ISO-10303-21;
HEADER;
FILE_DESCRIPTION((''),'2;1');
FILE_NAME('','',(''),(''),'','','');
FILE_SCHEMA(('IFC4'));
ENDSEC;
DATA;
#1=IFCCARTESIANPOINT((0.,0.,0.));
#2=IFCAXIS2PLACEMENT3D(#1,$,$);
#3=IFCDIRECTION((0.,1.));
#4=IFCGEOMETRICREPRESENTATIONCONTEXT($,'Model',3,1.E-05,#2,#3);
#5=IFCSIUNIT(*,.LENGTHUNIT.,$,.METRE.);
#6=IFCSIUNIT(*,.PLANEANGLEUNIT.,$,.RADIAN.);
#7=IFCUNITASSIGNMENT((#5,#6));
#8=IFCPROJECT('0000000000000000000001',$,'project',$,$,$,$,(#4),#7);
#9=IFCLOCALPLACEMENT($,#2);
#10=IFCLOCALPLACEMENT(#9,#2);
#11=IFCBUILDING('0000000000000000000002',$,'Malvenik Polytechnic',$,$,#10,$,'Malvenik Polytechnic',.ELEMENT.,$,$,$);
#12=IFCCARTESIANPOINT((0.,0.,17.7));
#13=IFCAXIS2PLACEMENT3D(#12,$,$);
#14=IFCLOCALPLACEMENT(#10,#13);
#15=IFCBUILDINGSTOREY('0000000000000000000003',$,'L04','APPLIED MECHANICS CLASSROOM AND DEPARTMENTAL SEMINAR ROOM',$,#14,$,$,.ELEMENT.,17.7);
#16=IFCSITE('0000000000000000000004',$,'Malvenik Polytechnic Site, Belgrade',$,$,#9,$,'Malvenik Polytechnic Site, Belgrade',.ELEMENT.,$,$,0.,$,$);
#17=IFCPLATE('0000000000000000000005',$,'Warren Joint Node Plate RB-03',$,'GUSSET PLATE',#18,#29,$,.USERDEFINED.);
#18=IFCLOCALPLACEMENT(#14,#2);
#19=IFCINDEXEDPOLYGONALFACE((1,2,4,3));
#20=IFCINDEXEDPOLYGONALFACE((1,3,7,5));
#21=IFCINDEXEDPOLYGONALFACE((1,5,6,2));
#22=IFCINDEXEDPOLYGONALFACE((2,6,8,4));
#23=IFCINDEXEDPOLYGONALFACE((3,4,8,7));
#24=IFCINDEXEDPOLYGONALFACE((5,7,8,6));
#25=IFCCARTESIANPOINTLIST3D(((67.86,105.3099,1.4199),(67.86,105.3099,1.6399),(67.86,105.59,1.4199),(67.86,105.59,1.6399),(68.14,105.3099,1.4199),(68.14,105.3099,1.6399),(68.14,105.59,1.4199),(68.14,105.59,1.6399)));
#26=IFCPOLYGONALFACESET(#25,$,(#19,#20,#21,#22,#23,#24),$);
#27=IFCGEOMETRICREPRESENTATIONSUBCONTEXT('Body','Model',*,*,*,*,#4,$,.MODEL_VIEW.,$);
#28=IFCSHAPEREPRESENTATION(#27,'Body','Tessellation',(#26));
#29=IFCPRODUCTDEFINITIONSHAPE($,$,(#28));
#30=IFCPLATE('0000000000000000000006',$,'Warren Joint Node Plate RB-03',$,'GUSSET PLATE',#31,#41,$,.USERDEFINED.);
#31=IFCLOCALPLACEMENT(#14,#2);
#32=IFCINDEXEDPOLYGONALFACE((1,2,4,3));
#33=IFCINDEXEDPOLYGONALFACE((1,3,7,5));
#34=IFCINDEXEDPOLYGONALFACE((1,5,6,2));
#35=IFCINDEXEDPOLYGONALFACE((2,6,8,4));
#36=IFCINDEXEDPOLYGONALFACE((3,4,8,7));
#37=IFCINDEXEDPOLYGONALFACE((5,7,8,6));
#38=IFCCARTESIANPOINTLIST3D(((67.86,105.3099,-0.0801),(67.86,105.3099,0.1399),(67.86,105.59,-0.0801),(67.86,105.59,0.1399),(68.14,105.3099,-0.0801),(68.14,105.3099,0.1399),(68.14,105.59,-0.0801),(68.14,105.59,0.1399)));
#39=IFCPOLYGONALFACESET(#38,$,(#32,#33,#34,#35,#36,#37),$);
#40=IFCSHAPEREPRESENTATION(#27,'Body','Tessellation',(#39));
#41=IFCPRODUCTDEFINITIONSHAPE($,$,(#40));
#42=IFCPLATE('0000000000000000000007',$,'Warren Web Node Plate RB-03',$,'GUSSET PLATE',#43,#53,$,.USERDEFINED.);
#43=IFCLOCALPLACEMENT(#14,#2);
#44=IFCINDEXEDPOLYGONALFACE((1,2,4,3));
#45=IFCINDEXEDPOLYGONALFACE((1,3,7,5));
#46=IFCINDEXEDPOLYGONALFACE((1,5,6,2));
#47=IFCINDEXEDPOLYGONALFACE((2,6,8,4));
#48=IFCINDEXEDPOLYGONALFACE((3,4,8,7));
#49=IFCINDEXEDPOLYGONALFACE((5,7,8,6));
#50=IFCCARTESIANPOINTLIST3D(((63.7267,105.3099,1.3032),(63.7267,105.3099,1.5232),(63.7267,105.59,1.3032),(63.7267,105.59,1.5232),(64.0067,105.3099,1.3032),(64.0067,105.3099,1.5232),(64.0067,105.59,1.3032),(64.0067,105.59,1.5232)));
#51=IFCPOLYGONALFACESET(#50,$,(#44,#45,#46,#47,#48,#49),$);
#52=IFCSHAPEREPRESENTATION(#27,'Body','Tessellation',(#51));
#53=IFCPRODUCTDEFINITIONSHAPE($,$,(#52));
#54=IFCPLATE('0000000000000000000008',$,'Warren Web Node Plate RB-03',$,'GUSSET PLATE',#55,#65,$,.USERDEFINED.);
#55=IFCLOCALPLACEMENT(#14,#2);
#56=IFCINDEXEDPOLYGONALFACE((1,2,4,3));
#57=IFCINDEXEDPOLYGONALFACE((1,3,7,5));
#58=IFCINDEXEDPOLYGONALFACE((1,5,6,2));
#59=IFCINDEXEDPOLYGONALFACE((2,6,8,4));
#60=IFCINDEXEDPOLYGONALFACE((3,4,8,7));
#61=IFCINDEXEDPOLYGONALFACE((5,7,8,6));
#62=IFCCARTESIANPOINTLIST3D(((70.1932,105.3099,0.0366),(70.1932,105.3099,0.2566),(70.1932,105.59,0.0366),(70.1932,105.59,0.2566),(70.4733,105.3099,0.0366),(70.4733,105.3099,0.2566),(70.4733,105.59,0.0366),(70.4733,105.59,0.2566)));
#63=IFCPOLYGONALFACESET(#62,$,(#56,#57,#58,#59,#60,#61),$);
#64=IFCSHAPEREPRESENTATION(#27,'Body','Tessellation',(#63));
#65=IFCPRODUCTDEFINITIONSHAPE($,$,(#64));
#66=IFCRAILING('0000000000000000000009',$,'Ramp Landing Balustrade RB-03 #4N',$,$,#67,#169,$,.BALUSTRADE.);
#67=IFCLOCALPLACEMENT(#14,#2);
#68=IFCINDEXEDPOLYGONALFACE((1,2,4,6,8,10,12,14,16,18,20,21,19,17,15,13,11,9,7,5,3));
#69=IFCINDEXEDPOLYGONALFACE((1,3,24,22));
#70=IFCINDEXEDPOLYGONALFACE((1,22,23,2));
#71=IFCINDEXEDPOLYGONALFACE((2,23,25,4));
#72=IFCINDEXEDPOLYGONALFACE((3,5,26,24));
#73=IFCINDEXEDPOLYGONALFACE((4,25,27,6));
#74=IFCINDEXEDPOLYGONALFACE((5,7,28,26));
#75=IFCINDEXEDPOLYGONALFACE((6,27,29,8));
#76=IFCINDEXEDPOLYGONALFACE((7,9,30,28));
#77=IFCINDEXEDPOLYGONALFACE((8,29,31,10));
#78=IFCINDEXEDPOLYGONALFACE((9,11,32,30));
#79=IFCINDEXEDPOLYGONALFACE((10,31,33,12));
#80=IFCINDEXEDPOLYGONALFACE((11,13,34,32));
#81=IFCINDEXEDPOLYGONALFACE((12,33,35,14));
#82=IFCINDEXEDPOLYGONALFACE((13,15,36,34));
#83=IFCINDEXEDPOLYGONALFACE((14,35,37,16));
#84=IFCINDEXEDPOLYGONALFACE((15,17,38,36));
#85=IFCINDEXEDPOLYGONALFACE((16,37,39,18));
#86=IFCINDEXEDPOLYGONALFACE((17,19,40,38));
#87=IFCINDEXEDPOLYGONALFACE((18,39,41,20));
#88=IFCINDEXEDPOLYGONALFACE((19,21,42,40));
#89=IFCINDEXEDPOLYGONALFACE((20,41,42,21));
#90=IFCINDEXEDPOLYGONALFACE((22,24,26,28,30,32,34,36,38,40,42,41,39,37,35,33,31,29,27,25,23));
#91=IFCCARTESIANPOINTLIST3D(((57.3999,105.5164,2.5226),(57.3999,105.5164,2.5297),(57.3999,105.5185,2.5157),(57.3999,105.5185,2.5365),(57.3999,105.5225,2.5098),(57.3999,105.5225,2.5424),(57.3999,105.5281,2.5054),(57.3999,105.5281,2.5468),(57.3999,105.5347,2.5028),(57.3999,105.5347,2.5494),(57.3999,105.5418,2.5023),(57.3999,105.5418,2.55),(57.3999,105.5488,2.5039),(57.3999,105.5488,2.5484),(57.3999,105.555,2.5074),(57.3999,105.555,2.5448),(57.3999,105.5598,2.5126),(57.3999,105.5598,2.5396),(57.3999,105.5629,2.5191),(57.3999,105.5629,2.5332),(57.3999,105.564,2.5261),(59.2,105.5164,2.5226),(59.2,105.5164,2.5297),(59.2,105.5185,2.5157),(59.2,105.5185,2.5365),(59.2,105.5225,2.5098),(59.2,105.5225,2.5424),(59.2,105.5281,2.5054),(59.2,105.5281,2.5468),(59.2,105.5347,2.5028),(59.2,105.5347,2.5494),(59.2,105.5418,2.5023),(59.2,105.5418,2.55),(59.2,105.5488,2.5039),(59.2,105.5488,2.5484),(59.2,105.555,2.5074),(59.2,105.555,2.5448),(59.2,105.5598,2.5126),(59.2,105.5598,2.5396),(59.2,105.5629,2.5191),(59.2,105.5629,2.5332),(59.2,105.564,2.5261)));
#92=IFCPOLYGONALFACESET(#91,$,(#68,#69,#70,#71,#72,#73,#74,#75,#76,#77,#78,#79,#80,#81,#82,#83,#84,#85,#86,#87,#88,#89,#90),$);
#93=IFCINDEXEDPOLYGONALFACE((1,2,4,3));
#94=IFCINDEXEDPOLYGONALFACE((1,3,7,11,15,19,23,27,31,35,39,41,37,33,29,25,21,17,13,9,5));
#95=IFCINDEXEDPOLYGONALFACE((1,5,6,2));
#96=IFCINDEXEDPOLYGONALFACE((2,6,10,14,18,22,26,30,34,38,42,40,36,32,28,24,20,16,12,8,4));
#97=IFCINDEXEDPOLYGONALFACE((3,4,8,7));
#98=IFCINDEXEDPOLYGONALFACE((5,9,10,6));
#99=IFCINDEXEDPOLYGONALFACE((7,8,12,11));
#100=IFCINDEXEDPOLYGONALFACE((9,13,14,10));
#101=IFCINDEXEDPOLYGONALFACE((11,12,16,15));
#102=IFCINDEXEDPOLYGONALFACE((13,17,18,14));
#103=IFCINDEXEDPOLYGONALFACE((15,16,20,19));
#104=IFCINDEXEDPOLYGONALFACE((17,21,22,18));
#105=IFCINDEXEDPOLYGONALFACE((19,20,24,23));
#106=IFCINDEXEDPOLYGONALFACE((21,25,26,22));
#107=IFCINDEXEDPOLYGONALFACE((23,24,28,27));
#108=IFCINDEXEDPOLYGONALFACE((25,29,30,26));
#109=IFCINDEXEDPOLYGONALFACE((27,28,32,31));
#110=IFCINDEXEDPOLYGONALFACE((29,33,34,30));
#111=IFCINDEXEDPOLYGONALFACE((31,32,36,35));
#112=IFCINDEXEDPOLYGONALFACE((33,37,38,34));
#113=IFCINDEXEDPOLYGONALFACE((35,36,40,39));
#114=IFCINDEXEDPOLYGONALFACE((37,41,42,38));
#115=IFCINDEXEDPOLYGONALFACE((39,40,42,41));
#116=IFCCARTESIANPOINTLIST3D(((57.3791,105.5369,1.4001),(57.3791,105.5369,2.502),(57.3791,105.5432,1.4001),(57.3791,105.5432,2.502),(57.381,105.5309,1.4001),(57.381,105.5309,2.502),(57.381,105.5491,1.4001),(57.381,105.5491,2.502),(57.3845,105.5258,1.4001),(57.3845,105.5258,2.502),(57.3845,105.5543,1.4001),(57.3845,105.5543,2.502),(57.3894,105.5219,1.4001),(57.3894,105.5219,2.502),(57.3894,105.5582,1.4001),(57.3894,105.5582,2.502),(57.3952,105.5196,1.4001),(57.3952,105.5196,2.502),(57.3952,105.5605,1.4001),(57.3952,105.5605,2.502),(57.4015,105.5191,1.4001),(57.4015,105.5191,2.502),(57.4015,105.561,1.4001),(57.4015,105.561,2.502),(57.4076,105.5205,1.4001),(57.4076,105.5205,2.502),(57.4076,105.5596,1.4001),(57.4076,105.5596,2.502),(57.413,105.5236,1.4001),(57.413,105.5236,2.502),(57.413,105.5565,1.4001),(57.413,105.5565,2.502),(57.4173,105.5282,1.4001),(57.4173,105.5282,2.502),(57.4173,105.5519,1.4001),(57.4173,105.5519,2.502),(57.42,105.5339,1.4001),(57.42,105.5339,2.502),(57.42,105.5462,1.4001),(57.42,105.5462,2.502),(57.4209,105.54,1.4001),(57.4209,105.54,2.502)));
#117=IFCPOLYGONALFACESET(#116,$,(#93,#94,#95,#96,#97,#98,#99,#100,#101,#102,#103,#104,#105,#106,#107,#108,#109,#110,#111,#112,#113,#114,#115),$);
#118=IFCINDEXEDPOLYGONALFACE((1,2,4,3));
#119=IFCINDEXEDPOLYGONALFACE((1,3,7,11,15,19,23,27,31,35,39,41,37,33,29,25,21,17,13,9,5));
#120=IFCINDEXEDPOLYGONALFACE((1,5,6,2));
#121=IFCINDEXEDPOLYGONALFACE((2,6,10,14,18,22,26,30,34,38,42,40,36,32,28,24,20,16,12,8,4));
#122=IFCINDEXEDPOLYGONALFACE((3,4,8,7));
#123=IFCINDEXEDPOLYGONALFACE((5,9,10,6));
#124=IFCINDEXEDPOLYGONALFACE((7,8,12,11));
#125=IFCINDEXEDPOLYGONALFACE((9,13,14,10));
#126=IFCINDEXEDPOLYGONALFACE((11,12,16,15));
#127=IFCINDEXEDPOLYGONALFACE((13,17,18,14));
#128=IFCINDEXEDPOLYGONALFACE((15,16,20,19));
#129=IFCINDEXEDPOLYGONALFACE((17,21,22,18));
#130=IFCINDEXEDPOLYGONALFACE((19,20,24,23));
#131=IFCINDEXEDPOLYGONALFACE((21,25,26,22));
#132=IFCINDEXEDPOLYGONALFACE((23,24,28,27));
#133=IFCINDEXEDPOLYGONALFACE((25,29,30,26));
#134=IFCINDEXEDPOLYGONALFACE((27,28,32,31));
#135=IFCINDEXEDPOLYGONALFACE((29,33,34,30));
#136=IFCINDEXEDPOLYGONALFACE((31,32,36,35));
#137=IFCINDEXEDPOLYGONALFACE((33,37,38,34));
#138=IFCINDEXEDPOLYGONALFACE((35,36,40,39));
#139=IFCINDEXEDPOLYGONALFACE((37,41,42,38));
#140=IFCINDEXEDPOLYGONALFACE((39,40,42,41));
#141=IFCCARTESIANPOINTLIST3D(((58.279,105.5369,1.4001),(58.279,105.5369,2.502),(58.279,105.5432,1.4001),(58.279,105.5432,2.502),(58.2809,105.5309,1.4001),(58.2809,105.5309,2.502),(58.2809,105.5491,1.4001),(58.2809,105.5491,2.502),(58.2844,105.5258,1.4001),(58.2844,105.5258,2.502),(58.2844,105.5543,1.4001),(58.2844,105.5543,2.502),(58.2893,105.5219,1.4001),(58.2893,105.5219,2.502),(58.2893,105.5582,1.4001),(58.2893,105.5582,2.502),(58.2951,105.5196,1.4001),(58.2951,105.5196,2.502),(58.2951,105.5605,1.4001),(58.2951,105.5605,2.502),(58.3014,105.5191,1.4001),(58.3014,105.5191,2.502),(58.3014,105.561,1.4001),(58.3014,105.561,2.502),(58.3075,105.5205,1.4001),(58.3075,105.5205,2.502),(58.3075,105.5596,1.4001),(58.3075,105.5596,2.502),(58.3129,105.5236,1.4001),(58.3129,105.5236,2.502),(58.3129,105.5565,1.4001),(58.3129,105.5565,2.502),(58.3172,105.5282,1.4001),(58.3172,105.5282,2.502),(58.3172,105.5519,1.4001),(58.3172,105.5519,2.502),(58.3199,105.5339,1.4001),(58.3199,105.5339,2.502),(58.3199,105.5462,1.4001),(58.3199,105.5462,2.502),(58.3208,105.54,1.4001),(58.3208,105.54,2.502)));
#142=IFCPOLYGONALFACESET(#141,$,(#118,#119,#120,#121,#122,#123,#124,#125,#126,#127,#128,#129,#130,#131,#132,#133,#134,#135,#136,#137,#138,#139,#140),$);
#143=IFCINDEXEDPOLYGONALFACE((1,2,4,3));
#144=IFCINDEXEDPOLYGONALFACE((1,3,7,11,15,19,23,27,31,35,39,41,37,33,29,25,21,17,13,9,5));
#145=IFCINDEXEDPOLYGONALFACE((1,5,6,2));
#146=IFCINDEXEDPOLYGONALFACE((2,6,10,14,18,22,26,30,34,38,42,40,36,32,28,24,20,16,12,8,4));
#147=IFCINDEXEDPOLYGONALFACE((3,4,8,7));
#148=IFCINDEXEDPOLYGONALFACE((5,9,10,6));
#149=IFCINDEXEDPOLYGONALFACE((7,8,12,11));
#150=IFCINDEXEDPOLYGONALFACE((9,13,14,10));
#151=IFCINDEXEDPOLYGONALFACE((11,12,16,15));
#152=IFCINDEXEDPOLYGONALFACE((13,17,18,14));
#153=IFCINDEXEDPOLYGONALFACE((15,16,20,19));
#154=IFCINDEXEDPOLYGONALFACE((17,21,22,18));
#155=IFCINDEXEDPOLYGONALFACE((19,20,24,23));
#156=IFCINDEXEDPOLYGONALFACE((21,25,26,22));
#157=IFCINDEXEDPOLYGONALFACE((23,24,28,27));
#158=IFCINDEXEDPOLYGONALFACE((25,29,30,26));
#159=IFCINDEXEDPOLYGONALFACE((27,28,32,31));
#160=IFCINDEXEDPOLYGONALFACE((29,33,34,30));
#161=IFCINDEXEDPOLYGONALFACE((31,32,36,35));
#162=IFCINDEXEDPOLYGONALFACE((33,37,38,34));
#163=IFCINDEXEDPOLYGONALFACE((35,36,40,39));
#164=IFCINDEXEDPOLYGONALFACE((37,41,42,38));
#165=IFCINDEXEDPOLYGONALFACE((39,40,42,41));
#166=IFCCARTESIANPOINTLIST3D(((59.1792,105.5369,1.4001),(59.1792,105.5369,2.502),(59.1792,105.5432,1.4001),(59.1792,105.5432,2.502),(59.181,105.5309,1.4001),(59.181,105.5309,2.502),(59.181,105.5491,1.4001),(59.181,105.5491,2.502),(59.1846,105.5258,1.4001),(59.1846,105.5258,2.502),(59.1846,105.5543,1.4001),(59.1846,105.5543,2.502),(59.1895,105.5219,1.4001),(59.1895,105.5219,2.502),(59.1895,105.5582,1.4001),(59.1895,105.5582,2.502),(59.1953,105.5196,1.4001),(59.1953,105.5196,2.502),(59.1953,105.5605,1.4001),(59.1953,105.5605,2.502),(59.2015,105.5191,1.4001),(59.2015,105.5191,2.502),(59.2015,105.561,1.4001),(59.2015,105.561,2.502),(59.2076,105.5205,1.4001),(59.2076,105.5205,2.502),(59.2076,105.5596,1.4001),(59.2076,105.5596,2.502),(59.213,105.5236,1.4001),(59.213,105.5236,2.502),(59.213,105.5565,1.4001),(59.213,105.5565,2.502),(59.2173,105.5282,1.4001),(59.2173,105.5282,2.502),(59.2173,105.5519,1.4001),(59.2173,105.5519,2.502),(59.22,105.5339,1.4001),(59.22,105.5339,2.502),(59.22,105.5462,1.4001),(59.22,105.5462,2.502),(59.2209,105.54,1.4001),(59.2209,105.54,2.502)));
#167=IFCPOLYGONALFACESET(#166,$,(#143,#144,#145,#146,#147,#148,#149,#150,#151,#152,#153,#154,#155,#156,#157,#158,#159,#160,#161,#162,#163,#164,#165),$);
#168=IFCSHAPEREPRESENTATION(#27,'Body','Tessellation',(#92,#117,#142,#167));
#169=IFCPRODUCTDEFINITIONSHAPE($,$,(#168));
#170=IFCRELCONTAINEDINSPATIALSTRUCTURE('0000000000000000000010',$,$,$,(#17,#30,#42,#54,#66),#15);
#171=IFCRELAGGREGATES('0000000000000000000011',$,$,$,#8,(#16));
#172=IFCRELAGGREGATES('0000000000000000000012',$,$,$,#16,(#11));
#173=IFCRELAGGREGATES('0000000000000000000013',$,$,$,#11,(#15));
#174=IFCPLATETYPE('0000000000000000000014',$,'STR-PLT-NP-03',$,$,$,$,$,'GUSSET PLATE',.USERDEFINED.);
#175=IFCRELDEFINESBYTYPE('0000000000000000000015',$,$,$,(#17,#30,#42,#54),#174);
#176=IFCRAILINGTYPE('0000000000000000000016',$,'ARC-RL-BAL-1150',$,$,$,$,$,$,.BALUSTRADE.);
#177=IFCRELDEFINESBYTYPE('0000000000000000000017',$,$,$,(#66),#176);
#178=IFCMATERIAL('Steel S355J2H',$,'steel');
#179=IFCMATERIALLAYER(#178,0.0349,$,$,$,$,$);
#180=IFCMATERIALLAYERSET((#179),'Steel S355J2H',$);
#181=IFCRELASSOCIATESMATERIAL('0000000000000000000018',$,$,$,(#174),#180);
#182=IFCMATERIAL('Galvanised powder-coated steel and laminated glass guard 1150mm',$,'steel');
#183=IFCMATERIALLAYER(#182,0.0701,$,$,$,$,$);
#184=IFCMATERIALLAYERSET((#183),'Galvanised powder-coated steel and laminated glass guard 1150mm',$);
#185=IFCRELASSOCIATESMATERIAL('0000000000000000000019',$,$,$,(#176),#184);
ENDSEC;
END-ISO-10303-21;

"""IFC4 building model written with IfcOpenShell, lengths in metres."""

from ifc_helpers import new_model, si_unit, direction, frame, origin, origin_2d, place, context, subcontext, project, spatial, rectangle, circle, extrude, material, layer, layer_set, type_object, element, save


model = new_model("IFC4")

# Units and contexts
model_context = context("Model", 3, precision=1e-05, world=origin(), true_north=direction((0.0, 1.0)))
body_context = subcontext(model_context, "Body", "Model", "MODEL_VIEW")
ifc_project = project(units=[si_unit("LENGTHUNIT", "METRE"), si_unit("PLANEANGLEUNIT", "RADIAN")], contexts=[model_context])

# Site, building, storey
site_placement = place(None, origin())
site = spatial("IfcSite", under=ifc_project, at=site_placement, Name="Malvenik Polytechnic Site, Belgrade", LongName="Malvenik Polytechnic Site, Belgrade", CompositionType="ELEMENT", RefElevation=0.0)
building_placement = place(site_placement, origin())
building = spatial("IfcBuilding", under=site, at=building_placement, Name="Malvenik Polytechnic", LongName="Malvenik Polytechnic", CompositionType="ELEMENT")
storey_placement = place(building_placement, frame((0.0, 0.0, 17.7)))
storey = spatial("IfcBuildingStorey", under=building, at=storey_placement, Name="L04", Description="APPLIED MECHANICS CLASSROOM AND DEPARTMENTAL SEMINAR ROOM", CompositionType="ELEMENT", Elevation=17.7)

# Shared definitions
ifc_material_1 = material(Name="Steel S355J2H", Category="steel")

# Plates
ifc_layer_1 = layer(ifc_material_1, 0.0349)
ifc_layer_set_1 = layer_set([ifc_layer_1], Name="Steel S355J2H")
plate_type = type_object("IfcPlateType", Name="STR-PLT-NP-03", ElementType="GUSSET PLATE", PredefinedType="USERDEFINED", material=ifc_layer_set_1)
for number, where, z_axis, x_axis, name in (
    (1, (68.0, 105.45, 1.4199), (0.0, 0.0, 1.0), (1.0, 0.0, 0.0), "Warren Joint Node Plate RB-03"),
    (2, (68.0, 105.45, -0.0801), (0.0, 0.0, 1.0), (1.0, 0.0, 0.0), "Warren Joint Node Plate RB-03"),
    (3, (63.8667, 105.45, 1.3032), (0.0, 0.0, 1.0), (1.0, 0.0, 0.0), "Warren Web Node Plate RB-03"),
    (4, (70.3333, 105.45, 0.0366), (0.0, 0.0, 1.0), (1.0, 0.0, 0.0), "Warren Web Node Plate RB-03"),
):
    element("IfcPlate", number, at=place(storey_placement, frame(where, z_axis=z_axis, x_axis=x_axis)), inside=storey, type_object=plate_type, Name=name, ObjectType="GUSSET PLATE", PredefinedType="USERDEFINED", context=body_context, shape_type="SweptSolid", body=[
        extrude(rectangle(XDim=0.28, YDim=0.28, at=origin_2d()), origin(), (0.0, 0.0, 1.0), 0.22),
    ])

# Railing
ifc_material_2 = material(Name="Galvanised powder-coated steel and laminated glass guard 1150mm", Category="steel")
ifc_layer_2 = layer(ifc_material_2, 0.0701)
ifc_layer_set_2 = layer_set([ifc_layer_2], Name="Galvanised powder-coated steel and laminated glass guard 1150mm")
railing_type = type_object("IfcRailingType", Name="ARC-RL-BAL-1150", PredefinedType="BALUSTRADE", material=ifc_layer_set_2)
railing_1_placement = place(storey_placement, frame((57.3999, 105.54, 1.4001)))
element("IfcRailing", 5, at=railing_1_placement, inside=storey, type_object=railing_type, Name="Ramp Landing Balustrade RB-03 #4N", PredefinedType="BALUSTRADE", context=body_context, shape_type="SweptSolid", body=[
    extrude(circle(Radius=0.0239, at=origin_2d()), frame((0.0, 0.0, 1.126), z_axis=(1.0, 0.0, 0.0), x_axis=(0.0, 1.0, 0.0)), (0.0, 0.0, 1.0), 1.8),
    extrude(circle(Radius=0.021, at=origin_2d()), origin(), (0.0, 0.0, 1.0), 1.1018),
    extrude(circle(Radius=0.021, at=origin_2d()), frame((0.8999, 0.0, 0.0)), (0.0, 0.0, 1.0), 1.1018),
    extrude(circle(Radius=0.021, at=origin_2d()), frame((1.8, 0.0, 0.0)), (0.0, 0.0, 1.0), 1.1018),
])

save(model, "model.ifc")
